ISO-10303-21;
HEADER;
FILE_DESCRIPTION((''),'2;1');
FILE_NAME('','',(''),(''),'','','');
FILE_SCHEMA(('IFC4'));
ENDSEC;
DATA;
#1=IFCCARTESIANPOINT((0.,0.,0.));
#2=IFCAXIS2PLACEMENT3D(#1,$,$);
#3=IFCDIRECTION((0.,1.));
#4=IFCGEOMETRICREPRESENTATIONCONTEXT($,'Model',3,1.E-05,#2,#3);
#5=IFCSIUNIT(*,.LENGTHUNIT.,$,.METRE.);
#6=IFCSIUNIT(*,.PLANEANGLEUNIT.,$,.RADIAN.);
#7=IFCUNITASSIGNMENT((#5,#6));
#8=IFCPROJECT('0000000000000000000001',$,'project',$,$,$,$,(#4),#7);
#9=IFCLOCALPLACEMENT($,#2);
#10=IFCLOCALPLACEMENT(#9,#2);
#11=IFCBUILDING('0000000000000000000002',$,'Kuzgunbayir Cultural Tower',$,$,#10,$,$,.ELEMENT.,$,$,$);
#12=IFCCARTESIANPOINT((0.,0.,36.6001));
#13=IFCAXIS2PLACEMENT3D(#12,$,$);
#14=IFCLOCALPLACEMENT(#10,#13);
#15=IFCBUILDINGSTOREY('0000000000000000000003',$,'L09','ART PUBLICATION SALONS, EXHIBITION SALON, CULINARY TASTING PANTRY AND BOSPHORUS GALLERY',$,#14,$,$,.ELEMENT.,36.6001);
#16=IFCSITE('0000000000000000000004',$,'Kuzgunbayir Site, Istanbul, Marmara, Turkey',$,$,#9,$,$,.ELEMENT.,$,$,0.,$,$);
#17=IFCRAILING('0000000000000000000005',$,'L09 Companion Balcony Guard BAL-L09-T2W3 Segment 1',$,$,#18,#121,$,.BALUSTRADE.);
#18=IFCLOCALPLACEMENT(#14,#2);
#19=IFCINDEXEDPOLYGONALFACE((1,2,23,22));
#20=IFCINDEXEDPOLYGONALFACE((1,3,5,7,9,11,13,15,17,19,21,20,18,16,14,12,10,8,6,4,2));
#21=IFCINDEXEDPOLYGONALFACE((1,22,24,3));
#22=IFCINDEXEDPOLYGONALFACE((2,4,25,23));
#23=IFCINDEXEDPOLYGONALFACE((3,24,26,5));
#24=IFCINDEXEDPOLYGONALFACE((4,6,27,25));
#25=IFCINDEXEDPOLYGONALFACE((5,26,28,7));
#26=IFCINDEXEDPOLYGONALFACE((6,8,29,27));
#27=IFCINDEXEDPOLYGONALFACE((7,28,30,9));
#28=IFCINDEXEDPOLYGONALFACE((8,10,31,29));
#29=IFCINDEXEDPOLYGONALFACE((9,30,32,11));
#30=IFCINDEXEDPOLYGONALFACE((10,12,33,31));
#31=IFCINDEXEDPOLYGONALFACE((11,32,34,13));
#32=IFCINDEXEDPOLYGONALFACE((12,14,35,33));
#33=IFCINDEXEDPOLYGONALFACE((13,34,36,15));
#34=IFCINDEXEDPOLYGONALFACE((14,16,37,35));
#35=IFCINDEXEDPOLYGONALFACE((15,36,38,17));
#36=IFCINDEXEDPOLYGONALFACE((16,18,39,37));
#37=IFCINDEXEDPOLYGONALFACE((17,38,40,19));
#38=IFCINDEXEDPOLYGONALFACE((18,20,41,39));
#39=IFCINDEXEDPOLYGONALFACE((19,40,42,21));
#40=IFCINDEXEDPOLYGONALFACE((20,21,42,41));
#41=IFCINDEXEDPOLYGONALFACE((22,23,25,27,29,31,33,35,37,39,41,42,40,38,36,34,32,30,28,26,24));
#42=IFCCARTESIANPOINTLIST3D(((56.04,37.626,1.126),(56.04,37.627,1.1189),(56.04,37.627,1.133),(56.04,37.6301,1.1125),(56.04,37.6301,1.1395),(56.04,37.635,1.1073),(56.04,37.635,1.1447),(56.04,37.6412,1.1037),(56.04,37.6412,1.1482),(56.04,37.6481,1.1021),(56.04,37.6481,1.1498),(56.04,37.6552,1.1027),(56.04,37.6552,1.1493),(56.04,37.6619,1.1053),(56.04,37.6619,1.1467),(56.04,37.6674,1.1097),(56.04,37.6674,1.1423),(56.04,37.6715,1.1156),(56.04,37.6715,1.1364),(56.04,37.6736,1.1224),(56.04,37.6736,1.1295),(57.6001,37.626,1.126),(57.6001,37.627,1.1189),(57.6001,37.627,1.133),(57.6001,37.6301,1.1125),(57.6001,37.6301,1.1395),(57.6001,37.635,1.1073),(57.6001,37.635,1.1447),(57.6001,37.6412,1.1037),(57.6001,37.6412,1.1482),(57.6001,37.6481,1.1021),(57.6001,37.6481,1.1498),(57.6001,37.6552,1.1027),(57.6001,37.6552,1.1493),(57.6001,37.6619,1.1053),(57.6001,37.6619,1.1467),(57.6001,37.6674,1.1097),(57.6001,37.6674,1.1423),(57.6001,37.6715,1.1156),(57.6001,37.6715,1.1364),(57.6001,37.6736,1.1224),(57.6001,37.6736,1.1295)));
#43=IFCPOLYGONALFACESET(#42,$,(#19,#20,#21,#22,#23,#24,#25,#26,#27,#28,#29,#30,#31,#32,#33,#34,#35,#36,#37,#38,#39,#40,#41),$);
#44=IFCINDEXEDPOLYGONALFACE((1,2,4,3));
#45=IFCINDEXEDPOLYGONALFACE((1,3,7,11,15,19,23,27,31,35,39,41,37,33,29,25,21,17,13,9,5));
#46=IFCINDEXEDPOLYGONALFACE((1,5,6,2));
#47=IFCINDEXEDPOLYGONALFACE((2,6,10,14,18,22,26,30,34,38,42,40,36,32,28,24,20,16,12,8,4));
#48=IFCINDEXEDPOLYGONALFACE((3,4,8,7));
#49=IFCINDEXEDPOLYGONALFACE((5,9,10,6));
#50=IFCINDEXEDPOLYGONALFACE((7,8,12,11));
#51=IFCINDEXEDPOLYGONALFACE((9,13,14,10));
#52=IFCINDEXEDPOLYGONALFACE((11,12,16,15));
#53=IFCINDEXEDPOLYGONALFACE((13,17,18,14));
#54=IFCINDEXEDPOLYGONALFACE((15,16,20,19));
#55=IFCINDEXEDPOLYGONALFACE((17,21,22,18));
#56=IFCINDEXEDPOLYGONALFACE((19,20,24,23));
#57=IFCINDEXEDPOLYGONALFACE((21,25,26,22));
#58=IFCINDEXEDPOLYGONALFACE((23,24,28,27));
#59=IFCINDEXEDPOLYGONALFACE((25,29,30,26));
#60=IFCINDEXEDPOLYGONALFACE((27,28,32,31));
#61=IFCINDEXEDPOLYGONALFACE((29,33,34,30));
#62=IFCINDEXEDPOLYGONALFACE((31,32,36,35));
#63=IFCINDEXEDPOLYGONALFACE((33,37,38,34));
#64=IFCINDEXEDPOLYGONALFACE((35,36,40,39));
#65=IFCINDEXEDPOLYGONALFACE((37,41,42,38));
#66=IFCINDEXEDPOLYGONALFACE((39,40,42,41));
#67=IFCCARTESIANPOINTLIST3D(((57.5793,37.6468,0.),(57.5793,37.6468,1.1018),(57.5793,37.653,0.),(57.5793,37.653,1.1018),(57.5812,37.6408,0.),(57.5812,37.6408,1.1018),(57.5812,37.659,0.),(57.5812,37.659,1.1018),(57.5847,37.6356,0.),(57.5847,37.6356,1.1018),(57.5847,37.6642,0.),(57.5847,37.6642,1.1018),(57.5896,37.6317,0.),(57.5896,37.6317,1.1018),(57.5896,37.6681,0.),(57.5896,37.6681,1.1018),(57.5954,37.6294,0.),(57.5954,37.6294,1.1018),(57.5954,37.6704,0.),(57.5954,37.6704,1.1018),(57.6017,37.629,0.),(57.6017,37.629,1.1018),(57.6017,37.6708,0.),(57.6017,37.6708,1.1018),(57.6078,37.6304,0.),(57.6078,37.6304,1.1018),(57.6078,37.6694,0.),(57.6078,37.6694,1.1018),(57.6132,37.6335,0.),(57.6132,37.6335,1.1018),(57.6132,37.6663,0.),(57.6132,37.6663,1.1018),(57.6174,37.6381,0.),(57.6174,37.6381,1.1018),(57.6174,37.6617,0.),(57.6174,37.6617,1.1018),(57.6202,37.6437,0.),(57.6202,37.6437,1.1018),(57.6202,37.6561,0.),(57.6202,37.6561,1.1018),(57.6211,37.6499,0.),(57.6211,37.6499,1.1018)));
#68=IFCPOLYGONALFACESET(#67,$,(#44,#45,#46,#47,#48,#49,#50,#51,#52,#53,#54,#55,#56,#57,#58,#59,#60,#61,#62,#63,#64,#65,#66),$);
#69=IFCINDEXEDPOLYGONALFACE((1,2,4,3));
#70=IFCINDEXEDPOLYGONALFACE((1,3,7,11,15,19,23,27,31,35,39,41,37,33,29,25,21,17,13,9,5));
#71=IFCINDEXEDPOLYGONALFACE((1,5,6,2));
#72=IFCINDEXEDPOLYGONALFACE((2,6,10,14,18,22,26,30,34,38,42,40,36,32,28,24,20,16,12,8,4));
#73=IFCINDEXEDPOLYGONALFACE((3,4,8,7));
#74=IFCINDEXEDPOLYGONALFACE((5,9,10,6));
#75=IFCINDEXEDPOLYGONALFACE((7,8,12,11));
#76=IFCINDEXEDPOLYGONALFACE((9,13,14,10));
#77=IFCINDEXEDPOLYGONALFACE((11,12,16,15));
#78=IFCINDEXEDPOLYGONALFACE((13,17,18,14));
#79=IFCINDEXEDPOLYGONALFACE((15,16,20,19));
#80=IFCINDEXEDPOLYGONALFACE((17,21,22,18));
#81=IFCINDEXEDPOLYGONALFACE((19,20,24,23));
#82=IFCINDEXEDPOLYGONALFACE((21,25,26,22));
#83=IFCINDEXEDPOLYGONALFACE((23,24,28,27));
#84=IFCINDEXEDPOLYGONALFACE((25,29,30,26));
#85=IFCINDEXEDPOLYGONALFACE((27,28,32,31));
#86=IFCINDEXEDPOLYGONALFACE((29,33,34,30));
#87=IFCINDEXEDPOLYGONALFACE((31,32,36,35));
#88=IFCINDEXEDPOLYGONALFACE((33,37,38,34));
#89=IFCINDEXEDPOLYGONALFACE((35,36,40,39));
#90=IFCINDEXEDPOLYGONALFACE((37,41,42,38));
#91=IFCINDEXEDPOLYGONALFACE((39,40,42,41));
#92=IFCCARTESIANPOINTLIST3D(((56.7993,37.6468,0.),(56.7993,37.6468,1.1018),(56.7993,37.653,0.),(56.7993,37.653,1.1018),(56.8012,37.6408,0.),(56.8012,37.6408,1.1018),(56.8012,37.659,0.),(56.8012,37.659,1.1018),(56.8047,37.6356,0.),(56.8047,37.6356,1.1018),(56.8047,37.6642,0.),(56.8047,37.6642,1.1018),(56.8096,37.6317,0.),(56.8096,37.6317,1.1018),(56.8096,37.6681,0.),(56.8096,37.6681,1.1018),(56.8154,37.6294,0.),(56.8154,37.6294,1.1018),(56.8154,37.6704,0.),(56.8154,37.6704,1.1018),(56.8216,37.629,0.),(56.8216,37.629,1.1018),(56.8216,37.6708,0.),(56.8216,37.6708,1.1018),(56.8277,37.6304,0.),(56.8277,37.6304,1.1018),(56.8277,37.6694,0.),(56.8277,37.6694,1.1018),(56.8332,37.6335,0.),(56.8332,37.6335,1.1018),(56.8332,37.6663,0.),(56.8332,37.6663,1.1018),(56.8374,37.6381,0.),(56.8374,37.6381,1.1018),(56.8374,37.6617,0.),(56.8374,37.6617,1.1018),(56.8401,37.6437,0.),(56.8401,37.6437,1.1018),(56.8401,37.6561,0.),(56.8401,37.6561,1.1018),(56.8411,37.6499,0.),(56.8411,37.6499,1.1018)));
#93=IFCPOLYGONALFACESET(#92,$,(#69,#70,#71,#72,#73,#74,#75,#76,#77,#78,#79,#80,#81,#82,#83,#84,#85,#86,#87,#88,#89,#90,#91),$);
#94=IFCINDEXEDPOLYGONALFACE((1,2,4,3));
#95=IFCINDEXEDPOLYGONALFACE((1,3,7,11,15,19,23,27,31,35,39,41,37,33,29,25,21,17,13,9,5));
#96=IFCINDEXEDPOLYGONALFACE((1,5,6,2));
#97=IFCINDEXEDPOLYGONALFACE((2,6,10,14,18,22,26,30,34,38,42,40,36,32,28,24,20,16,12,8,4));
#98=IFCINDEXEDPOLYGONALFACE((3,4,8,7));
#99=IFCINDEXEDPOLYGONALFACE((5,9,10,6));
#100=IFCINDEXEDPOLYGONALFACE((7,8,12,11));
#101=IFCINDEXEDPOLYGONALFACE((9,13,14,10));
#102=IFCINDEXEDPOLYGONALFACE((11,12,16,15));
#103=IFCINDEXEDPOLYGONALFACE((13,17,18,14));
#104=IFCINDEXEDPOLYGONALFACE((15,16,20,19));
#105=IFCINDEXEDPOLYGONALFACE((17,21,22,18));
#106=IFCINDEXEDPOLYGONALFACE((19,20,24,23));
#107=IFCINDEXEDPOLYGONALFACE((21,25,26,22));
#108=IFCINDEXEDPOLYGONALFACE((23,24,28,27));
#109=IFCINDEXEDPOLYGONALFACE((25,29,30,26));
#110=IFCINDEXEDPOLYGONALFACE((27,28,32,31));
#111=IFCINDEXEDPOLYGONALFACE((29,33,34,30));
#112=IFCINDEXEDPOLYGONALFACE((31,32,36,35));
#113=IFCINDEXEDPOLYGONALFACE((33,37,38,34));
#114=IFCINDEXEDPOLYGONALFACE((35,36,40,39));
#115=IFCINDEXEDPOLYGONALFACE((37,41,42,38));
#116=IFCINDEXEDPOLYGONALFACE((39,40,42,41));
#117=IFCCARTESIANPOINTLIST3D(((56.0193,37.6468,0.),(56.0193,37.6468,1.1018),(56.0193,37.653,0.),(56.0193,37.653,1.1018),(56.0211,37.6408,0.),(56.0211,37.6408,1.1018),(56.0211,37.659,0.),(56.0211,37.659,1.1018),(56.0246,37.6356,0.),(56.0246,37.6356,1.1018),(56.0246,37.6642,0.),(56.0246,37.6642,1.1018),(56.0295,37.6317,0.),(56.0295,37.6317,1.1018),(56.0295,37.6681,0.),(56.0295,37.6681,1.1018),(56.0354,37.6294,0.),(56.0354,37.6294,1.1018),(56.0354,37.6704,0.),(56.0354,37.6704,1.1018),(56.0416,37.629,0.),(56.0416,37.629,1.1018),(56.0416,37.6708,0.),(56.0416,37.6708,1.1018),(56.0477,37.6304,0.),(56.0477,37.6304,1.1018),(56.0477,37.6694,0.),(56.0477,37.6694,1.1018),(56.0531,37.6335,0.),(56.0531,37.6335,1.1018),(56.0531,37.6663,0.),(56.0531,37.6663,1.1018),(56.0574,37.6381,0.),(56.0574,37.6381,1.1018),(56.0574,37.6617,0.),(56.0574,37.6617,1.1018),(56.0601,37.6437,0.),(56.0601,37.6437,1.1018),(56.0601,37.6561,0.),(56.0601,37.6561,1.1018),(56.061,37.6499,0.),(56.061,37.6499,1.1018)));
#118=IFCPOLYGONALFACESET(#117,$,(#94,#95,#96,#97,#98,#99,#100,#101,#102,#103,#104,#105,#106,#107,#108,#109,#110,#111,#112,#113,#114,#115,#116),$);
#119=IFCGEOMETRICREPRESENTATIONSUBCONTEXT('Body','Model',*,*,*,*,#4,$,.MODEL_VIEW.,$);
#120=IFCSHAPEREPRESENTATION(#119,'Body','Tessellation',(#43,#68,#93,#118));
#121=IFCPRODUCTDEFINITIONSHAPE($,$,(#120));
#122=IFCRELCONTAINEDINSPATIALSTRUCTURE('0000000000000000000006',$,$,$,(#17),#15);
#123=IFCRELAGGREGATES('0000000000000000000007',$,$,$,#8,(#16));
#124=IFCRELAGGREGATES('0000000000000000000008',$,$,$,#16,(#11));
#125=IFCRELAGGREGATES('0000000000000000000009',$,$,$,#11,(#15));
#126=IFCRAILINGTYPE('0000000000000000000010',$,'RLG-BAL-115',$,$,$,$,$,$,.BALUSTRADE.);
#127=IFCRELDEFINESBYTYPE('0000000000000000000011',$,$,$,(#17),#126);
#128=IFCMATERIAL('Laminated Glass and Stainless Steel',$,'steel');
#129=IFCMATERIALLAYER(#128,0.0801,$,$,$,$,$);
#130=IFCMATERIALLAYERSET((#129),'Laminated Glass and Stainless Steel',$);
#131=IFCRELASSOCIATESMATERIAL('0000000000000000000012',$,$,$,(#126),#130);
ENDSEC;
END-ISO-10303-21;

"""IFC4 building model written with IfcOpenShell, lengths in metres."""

from ifc_helpers import new_model, si_unit, direction, frame, origin, origin_2d, place, context, subcontext, project, spatial, circle, extrude, material, layer, layer_set, type_object, element, save


model = new_model("IFC4")

# Units and contexts
model_context = context("Model", 3, precision=1e-05, world=origin(), true_north=direction((0.0, 1.0)))
body_context = subcontext(model_context, "Body", "Model", "MODEL_VIEW")
ifc_project = project(units=[si_unit("LENGTHUNIT", "METRE"), si_unit("PLANEANGLEUNIT", "RADIAN")], contexts=[model_context])

# Site, building, storey
site_placement = place(None, origin())
site = spatial("IfcSite", under=ifc_project, at=site_placement, Name="Kuzgunbayir Site, Istanbul, Marmara, Turkey", CompositionType="ELEMENT", RefElevation=0.0)
building_placement = place(site_placement, origin())
building = spatial("IfcBuilding", under=site, at=building_placement, Name="Kuzgunbayir Cultural Tower", CompositionType="ELEMENT")
storey_placement = place(building_placement, frame((0.0, 0.0, 36.6001)))
storey = spatial("IfcBuildingStorey", under=building, at=storey_placement, Name="L09", Description="ART PUBLICATION SALONS, EXHIBITION SALON, CULINARY TASTING PANTRY AND BOSPHORUS GALLERY", CompositionType="ELEMENT", Elevation=36.6001)

# Railing
ifc_material_1 = material(Name="Laminated Glass and Stainless Steel", Category="steel")
ifc_layer_1 = layer(ifc_material_1, 0.0801)
ifc_layer_set_1 = layer_set([ifc_layer_1], Name="Laminated Glass and Stainless Steel")
railing_type = type_object("IfcRailingType", Name="RLG-BAL-115", PredefinedType="BALUSTRADE", material=ifc_layer_set_1)
railing_1_placement = place(storey_placement, frame((57.6001, 37.6499, 0.0)))
element("IfcRailing", 1, at=railing_1_placement, inside=storey, type_object=railing_type, Name="L09 Companion Balcony Guard BAL-L09-T2W3 Segment 1", PredefinedType="BALUSTRADE", context=body_context, shape_type="SweptSolid", body=[
    extrude(circle(Radius=0.0239, at=origin_2d()), frame((0.0, 0.0, 1.126), z_axis=(-1.0, 0.0, 0.0), x_axis=(0.0, -1.0, 0.0)), (0.0, 0.0, 1.0), 1.5601),
    extrude(circle(Radius=0.021, at=origin_2d()), origin(), (0.0, 0.0, 1.0), 1.1018),
    extrude(circle(Radius=0.021, at=origin_2d()), frame((-0.78, 0.0, 0.0)), (0.0, 0.0, 1.0), 1.1018),
    extrude(circle(Radius=0.021, at=origin_2d()), frame((-1.5601, 0.0, 0.0)), (0.0, 0.0, 1.0), 1.1018),
])

save(model, "model.ifc")
